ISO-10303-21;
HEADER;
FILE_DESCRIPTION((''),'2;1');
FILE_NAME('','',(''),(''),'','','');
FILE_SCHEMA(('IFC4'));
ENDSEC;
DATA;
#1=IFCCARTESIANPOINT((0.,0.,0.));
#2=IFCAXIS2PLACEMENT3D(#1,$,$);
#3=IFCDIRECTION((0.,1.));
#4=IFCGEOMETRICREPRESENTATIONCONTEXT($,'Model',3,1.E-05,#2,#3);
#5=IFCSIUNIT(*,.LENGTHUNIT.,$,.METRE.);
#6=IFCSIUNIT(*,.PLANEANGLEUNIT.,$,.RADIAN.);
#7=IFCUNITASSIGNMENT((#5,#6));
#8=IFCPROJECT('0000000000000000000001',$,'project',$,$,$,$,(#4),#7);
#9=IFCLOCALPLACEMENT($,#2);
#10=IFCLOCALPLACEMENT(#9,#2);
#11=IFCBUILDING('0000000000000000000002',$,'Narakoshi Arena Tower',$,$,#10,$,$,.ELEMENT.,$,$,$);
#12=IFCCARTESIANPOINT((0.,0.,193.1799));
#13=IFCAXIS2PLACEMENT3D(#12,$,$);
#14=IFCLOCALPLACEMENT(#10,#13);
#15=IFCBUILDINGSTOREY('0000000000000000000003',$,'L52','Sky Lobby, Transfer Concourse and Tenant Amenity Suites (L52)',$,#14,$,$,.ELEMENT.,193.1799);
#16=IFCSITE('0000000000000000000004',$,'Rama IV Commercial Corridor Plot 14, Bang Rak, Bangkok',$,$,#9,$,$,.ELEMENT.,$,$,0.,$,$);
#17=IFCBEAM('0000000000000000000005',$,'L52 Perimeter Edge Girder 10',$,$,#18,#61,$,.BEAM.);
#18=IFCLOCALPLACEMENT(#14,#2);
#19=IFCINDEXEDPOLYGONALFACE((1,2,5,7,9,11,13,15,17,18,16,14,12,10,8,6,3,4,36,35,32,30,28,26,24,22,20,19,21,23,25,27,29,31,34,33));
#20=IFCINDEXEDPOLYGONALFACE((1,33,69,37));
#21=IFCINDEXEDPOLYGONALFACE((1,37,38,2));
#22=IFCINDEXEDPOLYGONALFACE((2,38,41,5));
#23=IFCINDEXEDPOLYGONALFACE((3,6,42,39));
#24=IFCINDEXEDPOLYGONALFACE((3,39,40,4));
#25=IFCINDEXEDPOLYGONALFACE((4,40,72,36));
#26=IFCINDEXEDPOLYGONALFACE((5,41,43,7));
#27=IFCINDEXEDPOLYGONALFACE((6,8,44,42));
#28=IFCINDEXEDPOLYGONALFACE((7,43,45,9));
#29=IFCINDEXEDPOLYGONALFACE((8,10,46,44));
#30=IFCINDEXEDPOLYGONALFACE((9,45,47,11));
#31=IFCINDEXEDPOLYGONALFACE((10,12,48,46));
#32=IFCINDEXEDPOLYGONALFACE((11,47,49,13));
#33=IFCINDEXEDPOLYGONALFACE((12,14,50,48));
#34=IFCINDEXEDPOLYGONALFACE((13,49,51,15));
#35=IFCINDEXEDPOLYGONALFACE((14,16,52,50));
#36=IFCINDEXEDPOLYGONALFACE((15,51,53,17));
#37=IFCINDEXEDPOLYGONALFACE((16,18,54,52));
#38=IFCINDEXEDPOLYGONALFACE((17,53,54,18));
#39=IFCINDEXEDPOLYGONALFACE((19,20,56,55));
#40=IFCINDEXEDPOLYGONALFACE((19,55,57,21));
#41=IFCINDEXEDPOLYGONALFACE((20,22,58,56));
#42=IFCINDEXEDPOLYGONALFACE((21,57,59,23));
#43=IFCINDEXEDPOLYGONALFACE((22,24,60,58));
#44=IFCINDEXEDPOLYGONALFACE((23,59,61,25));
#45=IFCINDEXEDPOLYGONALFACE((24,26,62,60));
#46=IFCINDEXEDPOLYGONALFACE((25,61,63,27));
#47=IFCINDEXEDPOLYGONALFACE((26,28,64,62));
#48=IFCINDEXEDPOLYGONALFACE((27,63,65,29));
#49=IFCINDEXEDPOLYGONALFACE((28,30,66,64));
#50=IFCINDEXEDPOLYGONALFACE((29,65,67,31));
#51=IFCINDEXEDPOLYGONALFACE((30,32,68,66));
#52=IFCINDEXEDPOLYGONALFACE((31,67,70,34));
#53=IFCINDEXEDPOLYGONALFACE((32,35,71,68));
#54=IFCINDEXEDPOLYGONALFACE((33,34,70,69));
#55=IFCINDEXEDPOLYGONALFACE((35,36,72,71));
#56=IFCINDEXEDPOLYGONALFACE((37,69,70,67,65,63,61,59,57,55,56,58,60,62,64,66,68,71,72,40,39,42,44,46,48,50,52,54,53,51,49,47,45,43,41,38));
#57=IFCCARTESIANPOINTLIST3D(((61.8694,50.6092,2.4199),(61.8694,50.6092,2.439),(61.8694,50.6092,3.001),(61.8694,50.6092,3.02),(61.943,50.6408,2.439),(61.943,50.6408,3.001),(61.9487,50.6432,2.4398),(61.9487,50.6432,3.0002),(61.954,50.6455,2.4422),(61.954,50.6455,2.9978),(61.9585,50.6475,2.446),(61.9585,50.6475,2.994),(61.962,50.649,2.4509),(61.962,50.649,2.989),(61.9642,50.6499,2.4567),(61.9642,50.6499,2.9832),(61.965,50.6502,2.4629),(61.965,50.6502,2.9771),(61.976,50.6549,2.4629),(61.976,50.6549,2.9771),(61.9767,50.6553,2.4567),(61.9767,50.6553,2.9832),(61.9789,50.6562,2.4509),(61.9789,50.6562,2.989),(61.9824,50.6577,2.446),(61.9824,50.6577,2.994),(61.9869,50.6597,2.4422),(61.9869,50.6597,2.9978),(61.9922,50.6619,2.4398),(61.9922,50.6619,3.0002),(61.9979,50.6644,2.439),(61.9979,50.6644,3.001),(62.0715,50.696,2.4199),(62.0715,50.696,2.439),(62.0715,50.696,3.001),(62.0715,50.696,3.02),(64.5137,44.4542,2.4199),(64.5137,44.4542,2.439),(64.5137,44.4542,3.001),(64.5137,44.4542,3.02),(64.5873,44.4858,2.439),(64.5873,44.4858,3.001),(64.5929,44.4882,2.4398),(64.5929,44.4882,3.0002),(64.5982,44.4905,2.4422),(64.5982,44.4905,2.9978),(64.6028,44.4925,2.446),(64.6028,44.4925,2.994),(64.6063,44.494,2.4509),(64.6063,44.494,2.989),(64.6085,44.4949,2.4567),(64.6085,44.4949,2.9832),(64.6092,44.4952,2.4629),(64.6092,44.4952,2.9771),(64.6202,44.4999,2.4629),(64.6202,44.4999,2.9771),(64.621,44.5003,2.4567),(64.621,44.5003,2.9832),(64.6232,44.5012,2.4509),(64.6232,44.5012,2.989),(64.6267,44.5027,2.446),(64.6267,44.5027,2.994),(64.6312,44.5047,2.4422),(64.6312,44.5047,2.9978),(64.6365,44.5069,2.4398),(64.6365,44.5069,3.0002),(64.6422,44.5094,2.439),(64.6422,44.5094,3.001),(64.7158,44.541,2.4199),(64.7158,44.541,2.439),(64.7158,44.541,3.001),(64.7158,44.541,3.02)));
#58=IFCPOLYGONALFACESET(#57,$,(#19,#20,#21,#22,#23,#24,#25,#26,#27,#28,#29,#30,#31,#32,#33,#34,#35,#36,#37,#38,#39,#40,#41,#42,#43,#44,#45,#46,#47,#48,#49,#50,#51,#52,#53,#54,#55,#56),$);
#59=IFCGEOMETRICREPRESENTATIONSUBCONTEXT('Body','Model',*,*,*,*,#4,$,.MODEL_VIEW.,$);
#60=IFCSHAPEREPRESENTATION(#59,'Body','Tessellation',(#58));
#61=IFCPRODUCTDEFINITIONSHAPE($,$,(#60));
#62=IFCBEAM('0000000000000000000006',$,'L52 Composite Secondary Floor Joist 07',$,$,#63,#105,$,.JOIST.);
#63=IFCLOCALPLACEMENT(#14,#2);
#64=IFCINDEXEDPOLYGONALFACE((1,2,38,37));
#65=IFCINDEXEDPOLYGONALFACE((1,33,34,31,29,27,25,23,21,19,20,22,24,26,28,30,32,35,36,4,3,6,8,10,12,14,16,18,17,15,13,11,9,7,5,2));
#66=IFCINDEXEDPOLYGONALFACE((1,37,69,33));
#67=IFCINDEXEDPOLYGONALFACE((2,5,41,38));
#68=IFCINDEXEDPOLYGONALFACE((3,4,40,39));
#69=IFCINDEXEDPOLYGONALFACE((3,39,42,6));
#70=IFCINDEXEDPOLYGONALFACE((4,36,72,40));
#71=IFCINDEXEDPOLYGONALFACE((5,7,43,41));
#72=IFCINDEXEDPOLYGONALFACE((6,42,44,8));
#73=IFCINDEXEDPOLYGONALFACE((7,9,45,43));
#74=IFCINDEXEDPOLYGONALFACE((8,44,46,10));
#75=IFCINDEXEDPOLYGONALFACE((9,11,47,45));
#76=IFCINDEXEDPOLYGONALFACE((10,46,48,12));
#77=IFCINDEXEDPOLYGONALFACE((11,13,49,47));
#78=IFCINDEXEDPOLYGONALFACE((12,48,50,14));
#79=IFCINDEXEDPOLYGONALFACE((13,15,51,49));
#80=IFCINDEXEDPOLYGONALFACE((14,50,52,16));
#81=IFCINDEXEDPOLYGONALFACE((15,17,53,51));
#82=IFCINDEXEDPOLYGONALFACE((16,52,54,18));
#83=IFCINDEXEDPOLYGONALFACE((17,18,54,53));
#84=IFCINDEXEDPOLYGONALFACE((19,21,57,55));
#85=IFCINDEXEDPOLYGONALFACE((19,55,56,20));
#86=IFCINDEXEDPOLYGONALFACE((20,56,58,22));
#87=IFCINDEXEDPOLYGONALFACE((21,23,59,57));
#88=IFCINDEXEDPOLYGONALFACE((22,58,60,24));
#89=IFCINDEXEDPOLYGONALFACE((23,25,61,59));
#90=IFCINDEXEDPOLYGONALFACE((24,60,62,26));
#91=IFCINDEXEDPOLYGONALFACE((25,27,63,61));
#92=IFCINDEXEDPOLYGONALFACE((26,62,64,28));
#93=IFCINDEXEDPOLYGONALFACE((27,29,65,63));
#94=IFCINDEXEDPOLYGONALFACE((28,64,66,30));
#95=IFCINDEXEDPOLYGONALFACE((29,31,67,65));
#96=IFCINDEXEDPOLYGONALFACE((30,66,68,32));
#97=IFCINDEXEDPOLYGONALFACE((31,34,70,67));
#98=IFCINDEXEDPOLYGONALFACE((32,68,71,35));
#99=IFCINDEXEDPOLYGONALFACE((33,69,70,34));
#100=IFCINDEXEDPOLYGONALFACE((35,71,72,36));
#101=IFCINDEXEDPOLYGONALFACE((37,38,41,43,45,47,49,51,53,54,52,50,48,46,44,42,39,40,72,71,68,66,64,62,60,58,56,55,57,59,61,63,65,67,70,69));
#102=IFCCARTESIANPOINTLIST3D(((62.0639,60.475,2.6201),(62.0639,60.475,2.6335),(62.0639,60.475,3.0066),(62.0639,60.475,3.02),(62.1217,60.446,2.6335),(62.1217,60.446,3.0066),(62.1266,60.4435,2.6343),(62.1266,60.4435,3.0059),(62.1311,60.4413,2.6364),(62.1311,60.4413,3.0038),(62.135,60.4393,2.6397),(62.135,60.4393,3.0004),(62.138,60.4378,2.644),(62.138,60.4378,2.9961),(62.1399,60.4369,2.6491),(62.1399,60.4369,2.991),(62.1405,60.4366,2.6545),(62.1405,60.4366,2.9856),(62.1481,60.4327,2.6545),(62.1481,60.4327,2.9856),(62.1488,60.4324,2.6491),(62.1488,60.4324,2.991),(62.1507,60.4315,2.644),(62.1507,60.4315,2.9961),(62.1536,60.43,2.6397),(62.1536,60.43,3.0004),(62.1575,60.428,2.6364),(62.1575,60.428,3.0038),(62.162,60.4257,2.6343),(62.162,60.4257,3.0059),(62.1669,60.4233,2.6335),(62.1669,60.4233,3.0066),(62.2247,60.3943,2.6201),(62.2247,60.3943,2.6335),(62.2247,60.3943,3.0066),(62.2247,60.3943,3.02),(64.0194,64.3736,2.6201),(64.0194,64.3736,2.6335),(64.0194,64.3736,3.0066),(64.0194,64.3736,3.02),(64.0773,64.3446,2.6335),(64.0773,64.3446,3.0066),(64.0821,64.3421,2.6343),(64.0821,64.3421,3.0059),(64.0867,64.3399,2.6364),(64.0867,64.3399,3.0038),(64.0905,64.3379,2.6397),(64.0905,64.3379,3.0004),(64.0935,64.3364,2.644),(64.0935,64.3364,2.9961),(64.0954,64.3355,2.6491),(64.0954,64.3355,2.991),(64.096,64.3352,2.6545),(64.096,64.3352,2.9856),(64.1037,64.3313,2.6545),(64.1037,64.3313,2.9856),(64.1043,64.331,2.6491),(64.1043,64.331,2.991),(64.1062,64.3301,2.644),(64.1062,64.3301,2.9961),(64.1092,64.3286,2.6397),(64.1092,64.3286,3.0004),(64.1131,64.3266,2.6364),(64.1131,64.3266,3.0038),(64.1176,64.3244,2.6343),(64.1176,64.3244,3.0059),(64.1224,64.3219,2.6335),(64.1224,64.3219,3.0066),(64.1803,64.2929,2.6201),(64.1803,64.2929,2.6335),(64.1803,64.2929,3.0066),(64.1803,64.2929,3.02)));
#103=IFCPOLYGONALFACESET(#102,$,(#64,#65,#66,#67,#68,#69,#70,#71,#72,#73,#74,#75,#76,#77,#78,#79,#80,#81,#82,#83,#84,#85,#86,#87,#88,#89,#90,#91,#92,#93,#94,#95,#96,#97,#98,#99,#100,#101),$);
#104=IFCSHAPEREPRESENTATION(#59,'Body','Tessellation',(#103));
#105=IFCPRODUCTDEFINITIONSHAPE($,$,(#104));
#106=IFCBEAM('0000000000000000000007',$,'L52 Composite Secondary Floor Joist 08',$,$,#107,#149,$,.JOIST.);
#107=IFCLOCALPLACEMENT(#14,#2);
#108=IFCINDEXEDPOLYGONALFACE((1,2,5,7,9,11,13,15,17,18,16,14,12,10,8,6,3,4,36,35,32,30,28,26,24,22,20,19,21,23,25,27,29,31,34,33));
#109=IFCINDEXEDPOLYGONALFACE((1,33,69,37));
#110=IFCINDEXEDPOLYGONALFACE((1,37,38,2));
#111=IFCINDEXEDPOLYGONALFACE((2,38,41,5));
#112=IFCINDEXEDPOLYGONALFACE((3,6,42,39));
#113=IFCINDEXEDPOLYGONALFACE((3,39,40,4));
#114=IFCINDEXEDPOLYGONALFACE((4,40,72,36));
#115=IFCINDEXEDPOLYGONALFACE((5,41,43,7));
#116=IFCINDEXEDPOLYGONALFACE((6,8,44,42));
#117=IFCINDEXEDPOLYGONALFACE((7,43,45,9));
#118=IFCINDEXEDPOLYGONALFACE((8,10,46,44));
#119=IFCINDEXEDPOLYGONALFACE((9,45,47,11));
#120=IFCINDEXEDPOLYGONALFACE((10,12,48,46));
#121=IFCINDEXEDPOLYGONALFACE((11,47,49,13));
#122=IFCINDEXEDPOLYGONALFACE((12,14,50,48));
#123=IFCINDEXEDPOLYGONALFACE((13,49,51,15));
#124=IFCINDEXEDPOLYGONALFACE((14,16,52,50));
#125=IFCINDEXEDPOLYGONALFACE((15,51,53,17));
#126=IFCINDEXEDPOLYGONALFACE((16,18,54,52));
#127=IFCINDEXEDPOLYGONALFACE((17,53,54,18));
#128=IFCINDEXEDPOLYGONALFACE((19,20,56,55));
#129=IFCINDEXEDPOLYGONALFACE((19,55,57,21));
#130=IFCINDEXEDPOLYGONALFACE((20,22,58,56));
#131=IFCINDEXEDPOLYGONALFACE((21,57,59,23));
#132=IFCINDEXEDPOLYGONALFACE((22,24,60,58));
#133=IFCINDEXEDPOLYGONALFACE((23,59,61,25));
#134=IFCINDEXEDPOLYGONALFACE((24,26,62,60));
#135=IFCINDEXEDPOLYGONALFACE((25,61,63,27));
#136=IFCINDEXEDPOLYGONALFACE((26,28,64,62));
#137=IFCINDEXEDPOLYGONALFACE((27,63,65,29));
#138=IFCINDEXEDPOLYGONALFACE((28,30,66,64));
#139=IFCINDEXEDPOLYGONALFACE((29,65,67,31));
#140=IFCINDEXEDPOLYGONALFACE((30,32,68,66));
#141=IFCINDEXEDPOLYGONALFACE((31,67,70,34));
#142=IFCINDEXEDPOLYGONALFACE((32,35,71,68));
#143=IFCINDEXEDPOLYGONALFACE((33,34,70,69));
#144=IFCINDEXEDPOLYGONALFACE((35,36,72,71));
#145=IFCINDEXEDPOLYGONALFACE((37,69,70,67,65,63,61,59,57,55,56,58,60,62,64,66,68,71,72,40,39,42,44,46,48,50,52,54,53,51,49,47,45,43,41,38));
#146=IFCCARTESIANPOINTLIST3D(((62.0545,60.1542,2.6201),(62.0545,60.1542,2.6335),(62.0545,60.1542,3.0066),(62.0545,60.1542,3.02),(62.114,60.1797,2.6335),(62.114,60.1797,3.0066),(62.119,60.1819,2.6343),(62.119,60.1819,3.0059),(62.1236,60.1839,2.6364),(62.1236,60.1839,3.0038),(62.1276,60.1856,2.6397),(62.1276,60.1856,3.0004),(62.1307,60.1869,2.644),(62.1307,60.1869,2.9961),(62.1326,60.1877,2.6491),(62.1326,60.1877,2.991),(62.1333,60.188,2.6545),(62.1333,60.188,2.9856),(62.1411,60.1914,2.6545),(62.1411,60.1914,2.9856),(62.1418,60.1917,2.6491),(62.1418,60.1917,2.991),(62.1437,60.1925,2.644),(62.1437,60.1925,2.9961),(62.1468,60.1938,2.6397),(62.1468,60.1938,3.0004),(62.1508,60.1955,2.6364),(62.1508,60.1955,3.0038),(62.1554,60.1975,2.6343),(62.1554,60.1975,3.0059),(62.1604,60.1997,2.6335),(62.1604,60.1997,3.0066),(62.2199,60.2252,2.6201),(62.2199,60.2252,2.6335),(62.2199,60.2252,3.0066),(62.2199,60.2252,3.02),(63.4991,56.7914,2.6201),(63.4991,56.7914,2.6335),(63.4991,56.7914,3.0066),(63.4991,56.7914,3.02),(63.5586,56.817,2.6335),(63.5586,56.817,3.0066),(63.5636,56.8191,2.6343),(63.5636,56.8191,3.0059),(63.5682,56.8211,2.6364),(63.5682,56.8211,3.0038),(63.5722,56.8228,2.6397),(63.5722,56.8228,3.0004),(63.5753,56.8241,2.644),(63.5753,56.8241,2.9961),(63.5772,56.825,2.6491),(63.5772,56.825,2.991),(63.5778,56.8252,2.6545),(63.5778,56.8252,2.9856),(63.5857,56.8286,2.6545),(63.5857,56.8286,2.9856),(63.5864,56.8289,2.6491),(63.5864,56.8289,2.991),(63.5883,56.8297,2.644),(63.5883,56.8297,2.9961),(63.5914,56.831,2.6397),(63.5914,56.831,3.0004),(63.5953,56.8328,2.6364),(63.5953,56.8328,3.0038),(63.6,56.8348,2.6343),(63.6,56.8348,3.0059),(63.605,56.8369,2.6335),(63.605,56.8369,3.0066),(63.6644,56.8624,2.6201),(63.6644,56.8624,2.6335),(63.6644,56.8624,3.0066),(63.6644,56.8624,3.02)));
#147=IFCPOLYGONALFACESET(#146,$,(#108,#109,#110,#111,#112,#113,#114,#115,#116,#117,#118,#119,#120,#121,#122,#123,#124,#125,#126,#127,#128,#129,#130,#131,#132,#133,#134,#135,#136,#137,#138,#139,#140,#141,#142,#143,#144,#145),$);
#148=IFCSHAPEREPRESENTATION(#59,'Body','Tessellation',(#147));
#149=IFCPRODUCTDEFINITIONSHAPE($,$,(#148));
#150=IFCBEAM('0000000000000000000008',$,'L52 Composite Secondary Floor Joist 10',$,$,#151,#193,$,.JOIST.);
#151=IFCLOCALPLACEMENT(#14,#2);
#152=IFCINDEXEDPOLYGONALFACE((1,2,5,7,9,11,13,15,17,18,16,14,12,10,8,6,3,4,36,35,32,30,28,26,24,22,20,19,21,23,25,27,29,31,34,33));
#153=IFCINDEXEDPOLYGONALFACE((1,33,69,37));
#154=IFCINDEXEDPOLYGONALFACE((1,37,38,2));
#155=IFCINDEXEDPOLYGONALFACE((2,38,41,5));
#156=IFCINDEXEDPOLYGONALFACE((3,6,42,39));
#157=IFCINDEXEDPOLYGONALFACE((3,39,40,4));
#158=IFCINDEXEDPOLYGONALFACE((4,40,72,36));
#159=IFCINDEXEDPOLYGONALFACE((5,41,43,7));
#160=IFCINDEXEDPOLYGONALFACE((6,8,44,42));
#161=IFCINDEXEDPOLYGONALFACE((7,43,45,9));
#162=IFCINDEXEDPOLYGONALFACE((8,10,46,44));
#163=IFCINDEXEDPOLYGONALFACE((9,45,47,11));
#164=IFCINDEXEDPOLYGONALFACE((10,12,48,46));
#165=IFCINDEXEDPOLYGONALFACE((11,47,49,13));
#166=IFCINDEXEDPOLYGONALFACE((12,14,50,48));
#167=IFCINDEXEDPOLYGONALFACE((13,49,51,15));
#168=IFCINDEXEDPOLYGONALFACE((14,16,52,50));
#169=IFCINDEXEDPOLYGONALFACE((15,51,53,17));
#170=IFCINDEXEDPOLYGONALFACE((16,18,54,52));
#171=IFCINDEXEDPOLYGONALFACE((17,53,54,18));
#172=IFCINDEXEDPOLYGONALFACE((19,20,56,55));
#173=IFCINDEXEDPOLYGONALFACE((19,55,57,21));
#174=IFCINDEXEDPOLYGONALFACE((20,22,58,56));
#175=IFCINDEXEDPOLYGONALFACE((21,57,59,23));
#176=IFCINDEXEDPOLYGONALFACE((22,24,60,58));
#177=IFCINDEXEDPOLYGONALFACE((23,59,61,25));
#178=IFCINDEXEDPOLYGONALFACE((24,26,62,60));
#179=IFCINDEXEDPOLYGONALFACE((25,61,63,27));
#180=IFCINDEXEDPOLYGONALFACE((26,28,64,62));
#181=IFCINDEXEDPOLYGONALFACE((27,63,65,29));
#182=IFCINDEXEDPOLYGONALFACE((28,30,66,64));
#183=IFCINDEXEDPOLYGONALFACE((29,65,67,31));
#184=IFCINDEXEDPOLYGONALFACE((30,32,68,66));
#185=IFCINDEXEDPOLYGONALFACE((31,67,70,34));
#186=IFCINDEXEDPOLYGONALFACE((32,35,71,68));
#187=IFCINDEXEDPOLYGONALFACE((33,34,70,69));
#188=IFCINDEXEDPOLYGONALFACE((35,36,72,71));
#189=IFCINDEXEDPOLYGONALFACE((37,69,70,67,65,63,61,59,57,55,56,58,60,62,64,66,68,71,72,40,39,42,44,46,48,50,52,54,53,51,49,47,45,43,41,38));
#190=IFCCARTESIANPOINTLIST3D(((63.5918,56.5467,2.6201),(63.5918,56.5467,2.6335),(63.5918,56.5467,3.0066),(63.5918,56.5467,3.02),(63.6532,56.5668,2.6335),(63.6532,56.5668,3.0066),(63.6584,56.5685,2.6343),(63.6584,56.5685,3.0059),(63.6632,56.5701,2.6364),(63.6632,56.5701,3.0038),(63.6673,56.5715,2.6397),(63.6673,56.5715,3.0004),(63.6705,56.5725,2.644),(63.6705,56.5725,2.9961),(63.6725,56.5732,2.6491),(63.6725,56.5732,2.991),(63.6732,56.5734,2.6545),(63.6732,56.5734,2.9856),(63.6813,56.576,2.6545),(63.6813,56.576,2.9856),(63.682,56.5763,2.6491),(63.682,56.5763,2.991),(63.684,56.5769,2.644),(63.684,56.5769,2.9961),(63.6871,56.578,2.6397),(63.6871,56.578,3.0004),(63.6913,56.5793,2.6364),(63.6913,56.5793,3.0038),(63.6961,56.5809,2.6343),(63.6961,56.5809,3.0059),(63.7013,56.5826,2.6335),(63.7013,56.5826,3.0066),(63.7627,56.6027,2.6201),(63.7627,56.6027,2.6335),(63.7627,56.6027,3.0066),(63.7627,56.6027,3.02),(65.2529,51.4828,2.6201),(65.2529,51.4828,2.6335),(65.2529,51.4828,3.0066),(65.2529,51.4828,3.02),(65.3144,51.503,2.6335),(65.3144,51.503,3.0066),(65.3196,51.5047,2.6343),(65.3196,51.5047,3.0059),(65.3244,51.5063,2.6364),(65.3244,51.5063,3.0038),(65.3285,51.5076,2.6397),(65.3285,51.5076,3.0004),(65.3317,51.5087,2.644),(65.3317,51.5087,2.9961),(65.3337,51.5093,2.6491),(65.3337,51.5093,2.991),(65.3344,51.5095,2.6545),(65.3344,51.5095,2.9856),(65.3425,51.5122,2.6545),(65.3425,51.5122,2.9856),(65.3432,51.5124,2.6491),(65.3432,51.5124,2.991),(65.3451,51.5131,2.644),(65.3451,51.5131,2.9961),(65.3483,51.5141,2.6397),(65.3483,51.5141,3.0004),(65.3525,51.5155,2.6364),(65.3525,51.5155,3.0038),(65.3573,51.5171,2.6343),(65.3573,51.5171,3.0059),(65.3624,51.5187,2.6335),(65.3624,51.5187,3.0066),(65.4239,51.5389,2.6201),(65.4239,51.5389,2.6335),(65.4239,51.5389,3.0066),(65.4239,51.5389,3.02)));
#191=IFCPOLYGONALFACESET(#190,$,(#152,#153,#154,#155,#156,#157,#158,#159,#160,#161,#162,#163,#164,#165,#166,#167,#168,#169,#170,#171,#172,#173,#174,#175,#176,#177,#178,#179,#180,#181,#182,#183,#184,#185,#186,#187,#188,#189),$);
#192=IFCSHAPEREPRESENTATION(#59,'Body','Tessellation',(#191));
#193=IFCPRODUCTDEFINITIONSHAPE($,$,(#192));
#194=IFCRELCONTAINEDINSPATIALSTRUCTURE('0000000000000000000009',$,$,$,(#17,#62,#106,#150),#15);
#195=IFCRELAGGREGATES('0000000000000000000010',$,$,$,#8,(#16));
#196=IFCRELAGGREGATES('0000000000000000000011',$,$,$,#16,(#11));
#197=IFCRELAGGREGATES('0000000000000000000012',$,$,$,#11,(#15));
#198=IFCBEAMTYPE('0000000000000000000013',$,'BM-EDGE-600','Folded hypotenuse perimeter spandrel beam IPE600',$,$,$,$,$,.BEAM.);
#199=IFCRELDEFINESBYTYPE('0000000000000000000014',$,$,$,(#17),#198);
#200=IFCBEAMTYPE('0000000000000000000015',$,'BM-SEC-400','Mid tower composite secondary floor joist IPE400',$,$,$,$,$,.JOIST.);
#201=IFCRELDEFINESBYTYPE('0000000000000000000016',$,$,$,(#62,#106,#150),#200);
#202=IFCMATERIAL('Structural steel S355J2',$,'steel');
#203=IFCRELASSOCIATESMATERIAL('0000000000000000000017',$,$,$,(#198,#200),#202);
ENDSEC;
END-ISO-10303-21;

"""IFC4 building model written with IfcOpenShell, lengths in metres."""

from ifc_helpers import new_model, si_unit, direction, frame, origin, origin_2d, place, context, subcontext, project, spatial, i_section, extrude, material, material_profile, profile_set, type_object, element, save


model = new_model("IFC4")

# Units and contexts
model_context = context("Model", 3, precision=1e-05, world=origin(), true_north=direction((0.0, 1.0)))
body_context = subcontext(model_context, "Body", "Model", "MODEL_VIEW")
ifc_project = project(units=[si_unit("LENGTHUNIT", "METRE"), si_unit("PLANEANGLEUNIT", "RADIAN")], contexts=[model_context])

# Site, building, storey
site_placement = place(None, origin())
site = spatial("IfcSite", under=ifc_project, at=site_placement, Name="Rama IV Commercial Corridor Plot 14, Bang Rak, Bangkok", CompositionType="ELEMENT", RefElevation=0.0)
building_placement = place(site_placement, origin())
building = spatial("IfcBuilding", under=site, at=building_placement, Name="Narakoshi Arena Tower", CompositionType="ELEMENT")
storey_placement = place(building_placement, frame((0.0, 0.0, 193.1799)))
storey = spatial("IfcBuildingStorey", under=building, at=storey_placement, Name="L52", Description="Sky Lobby, Transfer Concourse and Tenant Amenity Suites (L52)", CompositionType="ELEMENT", Elevation=193.1799)

# Beams
ifc_material_1 = material(Name="Structural steel S355J2", Category="steel")
ifc_material_profile_1 = material_profile(ifc_material_1, i_section(OverallWidth=0.22, OverallDepth=0.6001, WebThickness=0.012, FlangeThickness=0.019, FilletRadius=0.0239, at=origin_2d()), Name="IPE600")
ifc_profile_set_1 = profile_set([ifc_material_profile_1], Name="Structural steel S355J2")
beam_type_1 = type_object("IfcBeamType", Name="BM-EDGE-600", Description="Folded hypotenuse perimeter spandrel beam IPE600", PredefinedType="BEAM", material=ifc_profile_set_1)
beam_1_placement = place(storey_placement, frame((61.9705, 50.6526, 2.72), z_axis=(0.394728, -0.918798, 0.0), x_axis=(0.918798, 0.394728, 0.0)))
element("IfcBeam", 1, at=beam_1_placement, inside=storey, type_object=beam_type_1, Name="L52 Perimeter Edge Girder 10", PredefinedType="BEAM", context=body_context, shape_type="SweptSolid", body=[
    extrude(i_section(OverallWidth=0.22, OverallDepth=0.6001, WebThickness=0.012, FlangeThickness=0.019, FilletRadius=0.0239, at=origin_2d()), origin(), (0.0, 0.0, 1.0), 6.699),
])
ifc_material_profile_2 = material_profile(ifc_material_1, i_section(OverallWidth=0.1799, OverallDepth=0.3999, WebThickness=0.0085, FlangeThickness=0.0134, FilletRadius=0.021, at=origin_2d()), Name="IPE400")
ifc_profile_set_2 = profile_set([ifc_material_profile_2], Name="Structural steel S355J2")
beam_type_2 = type_object("IfcBeamType", Name="BM-SEC-400", Description="Mid tower composite secondary floor joist IPE400", PredefinedType="JOIST", material=ifc_profile_set_2)
beam_2_placement = place(storey_placement, frame((64.0999, 64.3333, 2.8201), z_axis=(-0.448355, -0.893856, 0.0), x_axis=(0.893856, -0.448355, 0.0)))
element("IfcBeam", 2, at=beam_2_placement, inside=storey, type_object=beam_type_2, Name="L52 Composite Secondary Floor Joist 07", PredefinedType="JOIST", context=body_context, shape_type="SweptSolid", body=[
    extrude(i_section(OverallWidth=0.1799, OverallDepth=0.3999, WebThickness=0.0085, FlangeThickness=0.0134, FilletRadius=0.021, at=origin_2d()), origin(), (0.0, 0.0, 1.0), 4.3616),
])
beam_3_placement = place(storey_placement, frame((62.1372, 60.1897, 2.8201), z_axis=(0.3947, -0.91881, 0.0), x_axis=(0.91881, 0.3947, 0.0)))
element("IfcBeam", 3, at=beam_3_placement, inside=storey, type_object=beam_type_2, Name="L52 Composite Secondary Floor Joist 08", PredefinedType="JOIST", context=body_context, shape_type="SweptSolid", body=[
    extrude(i_section(OverallWidth=0.1799, OverallDepth=0.3999, WebThickness=0.0085, FlangeThickness=0.0134, FilletRadius=0.021, at=origin_2d()), origin(), (0.0, 0.0, 1.0), 3.6599),
])
beam_4_placement = place(storey_placement, frame((63.6772, 56.5747, 2.8201), z_axis=(0.311703, -0.95018, 0.0), x_axis=(0.95018, 0.311703, 0.0)))
element("IfcBeam", 4, at=beam_4_placement, inside=storey, type_object=beam_type_2, Name="L52 Composite Secondary Floor Joist 10", PredefinedType="JOIST", context=body_context, shape_type="SweptSolid", body=[
    extrude(i_section(OverallWidth=0.1799, OverallDepth=0.3999, WebThickness=0.0085, FlangeThickness=0.0134, FilletRadius=0.021, at=origin_2d()), origin(), (0.0, 0.0, 1.0), 5.3293),
])

save(model, "model.ifc")
